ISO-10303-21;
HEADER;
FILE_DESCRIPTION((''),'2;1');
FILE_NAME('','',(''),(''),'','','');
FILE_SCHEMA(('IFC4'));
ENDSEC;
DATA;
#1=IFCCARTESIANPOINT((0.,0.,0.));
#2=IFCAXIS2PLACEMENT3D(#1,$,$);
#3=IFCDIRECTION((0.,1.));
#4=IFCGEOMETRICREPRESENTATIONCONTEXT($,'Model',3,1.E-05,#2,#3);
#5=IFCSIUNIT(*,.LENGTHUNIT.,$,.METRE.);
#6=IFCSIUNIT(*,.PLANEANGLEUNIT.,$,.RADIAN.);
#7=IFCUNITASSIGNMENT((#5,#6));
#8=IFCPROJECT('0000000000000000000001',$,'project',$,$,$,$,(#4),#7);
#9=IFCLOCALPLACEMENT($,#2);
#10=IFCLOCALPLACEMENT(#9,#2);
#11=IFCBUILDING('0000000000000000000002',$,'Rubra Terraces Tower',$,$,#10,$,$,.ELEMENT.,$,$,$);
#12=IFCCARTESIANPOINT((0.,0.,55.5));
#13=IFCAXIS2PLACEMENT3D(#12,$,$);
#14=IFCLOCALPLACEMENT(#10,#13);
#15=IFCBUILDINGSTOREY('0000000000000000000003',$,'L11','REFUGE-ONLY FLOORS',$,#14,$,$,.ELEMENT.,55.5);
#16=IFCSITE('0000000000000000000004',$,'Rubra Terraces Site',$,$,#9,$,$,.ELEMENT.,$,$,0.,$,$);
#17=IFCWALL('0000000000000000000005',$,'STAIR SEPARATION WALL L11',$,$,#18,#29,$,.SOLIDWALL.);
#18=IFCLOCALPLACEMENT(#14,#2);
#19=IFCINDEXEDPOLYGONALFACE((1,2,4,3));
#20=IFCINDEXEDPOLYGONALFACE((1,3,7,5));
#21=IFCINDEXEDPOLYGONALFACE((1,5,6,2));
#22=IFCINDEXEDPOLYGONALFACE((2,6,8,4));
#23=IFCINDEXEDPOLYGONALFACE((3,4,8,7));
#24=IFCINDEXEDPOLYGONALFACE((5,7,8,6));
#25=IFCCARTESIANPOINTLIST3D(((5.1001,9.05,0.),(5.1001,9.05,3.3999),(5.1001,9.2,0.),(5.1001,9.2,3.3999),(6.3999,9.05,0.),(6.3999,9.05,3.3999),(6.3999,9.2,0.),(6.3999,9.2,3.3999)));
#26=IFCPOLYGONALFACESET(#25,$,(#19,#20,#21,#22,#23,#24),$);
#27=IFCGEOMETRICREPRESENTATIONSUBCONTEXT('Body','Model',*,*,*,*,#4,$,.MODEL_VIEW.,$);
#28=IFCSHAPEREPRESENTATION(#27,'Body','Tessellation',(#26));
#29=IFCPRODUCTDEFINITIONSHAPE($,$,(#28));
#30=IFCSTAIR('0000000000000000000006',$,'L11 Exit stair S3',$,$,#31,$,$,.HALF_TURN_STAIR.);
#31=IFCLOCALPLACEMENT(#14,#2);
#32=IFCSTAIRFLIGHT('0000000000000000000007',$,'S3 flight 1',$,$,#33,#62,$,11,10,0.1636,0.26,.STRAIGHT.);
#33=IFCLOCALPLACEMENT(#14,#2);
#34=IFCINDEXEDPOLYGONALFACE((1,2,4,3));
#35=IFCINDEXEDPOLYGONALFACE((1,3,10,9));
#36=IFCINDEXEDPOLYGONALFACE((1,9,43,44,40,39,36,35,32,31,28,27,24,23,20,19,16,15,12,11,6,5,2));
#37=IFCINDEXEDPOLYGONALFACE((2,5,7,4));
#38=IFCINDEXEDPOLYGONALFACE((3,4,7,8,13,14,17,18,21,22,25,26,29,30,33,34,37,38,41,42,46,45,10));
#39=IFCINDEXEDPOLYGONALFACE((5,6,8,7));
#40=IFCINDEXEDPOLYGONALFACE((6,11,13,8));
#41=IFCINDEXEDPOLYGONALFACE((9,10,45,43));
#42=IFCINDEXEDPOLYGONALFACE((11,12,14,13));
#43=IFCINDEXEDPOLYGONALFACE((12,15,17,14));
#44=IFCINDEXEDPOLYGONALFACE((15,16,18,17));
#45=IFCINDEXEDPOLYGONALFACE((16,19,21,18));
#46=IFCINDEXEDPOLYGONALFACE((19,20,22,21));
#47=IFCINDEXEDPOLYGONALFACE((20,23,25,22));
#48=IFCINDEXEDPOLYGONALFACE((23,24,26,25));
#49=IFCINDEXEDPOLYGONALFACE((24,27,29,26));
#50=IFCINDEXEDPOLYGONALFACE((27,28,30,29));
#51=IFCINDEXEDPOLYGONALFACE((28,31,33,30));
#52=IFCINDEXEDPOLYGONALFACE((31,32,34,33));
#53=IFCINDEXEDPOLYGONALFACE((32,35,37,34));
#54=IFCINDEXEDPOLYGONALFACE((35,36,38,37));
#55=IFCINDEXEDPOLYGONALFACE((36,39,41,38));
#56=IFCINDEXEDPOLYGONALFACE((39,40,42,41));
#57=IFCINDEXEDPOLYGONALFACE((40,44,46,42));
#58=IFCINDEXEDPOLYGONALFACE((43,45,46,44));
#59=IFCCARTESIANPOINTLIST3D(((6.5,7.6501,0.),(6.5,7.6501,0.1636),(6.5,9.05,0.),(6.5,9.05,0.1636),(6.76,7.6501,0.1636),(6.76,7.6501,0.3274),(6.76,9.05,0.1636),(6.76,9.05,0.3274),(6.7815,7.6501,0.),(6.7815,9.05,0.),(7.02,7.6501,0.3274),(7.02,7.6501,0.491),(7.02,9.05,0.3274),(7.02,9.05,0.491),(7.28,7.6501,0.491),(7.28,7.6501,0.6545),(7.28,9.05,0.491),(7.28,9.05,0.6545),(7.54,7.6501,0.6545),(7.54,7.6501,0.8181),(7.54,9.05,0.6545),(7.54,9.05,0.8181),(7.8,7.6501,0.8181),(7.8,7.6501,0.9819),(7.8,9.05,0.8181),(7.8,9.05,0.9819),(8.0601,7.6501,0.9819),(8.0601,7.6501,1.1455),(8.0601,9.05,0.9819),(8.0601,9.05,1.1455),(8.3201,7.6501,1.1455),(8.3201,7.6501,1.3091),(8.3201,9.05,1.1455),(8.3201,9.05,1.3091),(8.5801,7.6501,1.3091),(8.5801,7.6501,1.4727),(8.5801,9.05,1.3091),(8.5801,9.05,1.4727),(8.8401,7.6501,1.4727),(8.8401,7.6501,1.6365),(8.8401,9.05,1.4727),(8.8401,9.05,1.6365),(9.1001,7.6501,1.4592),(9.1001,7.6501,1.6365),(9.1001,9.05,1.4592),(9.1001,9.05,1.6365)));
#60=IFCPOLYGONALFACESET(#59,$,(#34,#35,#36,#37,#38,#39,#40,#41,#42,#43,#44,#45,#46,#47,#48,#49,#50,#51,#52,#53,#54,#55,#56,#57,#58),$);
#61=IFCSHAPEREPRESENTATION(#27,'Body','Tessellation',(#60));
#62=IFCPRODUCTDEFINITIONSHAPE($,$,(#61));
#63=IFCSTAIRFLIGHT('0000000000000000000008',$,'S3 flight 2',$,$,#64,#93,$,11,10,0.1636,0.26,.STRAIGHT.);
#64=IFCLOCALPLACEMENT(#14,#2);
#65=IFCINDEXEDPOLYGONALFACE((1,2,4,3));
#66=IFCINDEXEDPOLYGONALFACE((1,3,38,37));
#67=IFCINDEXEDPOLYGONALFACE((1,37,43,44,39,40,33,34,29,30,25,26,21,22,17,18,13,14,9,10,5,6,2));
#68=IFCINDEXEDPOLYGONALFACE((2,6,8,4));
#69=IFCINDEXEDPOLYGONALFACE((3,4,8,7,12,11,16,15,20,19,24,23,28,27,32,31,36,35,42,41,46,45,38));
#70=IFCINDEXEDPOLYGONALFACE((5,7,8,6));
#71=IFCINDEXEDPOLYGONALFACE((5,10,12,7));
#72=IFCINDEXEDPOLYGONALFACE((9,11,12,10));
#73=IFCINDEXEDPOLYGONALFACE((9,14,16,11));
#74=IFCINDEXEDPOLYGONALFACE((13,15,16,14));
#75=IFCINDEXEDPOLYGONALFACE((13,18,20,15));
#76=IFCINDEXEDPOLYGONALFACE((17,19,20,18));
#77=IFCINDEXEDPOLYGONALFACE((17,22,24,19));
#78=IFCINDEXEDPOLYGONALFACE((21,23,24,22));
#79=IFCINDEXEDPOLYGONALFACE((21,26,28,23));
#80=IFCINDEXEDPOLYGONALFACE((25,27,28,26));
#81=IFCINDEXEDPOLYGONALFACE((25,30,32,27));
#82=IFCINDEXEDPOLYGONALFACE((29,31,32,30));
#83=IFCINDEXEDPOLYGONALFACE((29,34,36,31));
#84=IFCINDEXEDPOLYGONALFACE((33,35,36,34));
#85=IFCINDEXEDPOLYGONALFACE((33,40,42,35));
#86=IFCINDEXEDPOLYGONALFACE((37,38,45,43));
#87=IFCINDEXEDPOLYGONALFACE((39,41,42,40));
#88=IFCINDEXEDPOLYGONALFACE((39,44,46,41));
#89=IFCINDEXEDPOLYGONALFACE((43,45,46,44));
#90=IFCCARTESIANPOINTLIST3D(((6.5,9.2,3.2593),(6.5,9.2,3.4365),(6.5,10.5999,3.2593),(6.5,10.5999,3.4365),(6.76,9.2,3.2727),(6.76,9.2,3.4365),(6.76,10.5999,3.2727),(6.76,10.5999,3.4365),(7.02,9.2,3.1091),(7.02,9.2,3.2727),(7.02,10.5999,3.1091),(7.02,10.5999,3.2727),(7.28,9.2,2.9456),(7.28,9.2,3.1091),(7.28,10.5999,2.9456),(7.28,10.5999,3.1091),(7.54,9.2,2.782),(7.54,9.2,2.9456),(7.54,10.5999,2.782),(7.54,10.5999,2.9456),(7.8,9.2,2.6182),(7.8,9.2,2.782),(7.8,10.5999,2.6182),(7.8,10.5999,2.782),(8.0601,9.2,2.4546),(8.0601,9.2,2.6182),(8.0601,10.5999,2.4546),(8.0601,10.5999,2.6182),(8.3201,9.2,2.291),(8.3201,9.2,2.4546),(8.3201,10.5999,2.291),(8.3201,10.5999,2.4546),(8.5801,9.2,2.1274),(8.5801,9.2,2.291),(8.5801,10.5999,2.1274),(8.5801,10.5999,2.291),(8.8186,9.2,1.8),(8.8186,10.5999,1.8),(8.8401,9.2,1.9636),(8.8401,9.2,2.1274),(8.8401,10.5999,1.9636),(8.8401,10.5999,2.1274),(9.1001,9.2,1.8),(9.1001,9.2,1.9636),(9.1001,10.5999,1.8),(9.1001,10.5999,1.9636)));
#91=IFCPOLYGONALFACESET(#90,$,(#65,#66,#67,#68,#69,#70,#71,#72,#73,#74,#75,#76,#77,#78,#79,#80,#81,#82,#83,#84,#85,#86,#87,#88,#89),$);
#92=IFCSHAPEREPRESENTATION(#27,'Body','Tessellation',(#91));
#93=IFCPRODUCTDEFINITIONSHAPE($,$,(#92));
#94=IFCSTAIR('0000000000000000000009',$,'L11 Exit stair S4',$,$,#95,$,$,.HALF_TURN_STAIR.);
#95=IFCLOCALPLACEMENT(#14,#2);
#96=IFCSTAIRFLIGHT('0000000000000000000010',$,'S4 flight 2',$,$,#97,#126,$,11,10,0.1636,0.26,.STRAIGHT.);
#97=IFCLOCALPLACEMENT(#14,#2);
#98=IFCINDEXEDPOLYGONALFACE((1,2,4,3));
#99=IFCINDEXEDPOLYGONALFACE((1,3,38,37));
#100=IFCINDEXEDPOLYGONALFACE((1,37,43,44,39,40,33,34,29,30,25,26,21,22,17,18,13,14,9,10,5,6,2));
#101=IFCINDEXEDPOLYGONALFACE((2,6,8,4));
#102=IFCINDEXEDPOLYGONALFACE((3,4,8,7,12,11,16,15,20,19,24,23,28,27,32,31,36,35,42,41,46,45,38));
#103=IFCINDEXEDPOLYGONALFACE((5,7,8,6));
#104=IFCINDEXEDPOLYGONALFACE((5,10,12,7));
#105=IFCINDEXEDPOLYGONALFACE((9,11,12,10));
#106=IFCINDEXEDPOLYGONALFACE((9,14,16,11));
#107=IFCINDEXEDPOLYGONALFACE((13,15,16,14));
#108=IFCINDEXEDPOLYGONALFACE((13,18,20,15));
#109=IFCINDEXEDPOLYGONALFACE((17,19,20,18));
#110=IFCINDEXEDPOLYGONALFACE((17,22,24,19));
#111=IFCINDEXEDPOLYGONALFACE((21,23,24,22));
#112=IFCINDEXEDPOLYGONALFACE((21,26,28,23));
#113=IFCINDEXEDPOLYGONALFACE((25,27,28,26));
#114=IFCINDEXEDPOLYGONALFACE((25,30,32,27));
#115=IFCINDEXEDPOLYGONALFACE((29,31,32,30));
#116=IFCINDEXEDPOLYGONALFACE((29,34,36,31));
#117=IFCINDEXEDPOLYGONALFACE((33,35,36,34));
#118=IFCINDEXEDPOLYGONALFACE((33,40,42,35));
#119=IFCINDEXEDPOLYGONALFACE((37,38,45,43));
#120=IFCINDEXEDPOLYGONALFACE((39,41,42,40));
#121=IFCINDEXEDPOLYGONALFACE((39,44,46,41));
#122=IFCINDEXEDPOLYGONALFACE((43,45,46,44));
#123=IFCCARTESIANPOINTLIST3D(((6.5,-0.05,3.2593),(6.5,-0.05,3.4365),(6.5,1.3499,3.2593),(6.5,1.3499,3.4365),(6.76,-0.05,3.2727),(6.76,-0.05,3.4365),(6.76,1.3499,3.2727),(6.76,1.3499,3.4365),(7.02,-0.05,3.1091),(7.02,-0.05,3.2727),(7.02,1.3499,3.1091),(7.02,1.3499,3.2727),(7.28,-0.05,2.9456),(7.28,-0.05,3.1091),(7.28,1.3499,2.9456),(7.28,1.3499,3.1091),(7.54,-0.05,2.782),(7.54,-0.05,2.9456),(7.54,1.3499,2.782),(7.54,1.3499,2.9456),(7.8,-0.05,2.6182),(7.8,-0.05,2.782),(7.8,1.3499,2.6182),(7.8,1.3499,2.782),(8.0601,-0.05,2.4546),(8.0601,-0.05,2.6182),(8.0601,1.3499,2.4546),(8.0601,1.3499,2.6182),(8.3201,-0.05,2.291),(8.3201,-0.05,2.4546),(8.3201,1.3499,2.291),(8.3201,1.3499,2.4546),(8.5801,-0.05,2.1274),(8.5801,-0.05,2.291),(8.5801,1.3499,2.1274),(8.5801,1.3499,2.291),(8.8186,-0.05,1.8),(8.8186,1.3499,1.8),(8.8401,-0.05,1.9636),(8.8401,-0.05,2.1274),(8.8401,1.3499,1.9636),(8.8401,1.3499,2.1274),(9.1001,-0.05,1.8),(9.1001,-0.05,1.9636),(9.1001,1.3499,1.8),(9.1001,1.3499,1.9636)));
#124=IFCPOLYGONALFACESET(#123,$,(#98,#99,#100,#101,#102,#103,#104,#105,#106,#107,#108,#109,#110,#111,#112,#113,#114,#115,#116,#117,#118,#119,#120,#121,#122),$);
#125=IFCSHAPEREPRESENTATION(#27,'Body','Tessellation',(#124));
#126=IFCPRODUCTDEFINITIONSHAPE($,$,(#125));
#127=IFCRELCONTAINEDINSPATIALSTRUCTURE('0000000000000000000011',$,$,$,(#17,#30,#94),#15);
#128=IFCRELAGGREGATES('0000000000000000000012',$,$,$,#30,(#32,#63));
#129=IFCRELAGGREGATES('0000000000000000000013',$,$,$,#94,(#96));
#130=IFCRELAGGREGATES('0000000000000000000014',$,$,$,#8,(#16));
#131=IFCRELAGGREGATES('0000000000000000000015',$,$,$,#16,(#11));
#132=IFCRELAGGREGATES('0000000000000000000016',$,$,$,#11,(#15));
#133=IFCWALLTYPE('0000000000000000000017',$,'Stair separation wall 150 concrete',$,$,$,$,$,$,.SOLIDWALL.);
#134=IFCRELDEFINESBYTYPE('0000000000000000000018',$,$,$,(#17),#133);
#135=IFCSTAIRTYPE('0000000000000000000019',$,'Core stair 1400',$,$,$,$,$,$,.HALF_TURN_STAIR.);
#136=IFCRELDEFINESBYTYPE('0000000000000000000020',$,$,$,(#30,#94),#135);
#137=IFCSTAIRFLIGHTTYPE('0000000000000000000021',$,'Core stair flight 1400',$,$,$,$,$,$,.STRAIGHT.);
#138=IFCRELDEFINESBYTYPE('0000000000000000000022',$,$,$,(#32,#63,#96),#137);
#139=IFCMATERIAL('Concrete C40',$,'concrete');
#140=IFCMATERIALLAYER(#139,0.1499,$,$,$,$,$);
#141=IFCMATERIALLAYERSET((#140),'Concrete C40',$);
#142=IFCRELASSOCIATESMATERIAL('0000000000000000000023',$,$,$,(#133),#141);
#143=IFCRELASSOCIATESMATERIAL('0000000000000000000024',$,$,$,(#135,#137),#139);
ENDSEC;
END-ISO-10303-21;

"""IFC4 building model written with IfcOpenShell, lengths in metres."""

from ifc_helpers import new_model, si_unit, direction, frame, frame_2d, origin, place, context, subcontext, project, spatial, polyline, rectangle, outline, extrude, material, layer, layer_set, type_object, element, aggregate, save


model = new_model("IFC4")

# Units and contexts
model_context = context("Model", 3, precision=1e-05, world=origin(), true_north=direction((0.0, 1.0)))
body_context = subcontext(model_context, "Body", "Model", "MODEL_VIEW")
ifc_project = project(units=[si_unit("LENGTHUNIT", "METRE"), si_unit("PLANEANGLEUNIT", "RADIAN")], contexts=[model_context])

# Site, building, storey
site_placement = place(None, origin())
site = spatial("IfcSite", under=ifc_project, at=site_placement, Name="Rubra Terraces Site", CompositionType="ELEMENT", RefElevation=0.0)
building_placement = place(site_placement, origin())
building = spatial("IfcBuilding", under=site, at=building_placement, Name="Rubra Terraces Tower", CompositionType="ELEMENT")
storey_placement = place(building_placement, frame((0.0, 0.0, 55.5)))
storey = spatial("IfcBuildingStorey", under=building, at=storey_placement, Name="L11", Description="REFUGE-ONLY FLOORS", CompositionType="ELEMENT", Elevation=55.5)

# Shared definitions
ifc_material_1 = material(Name="Concrete C40", Category="concrete")

# Wall
ifc_layer_1 = layer(ifc_material_1, 0.1499)
ifc_layer_set_1 = layer_set([ifc_layer_1], Name="Concrete C40")
wall_type_1 = type_object("IfcWallType", Name="Stair separation wall 150 concrete", PredefinedType="SOLIDWALL", material=ifc_layer_set_1)
wall_1_placement = place(storey_placement, frame((6.3999, 9.125, 0.0), z_axis=(0.0, 0.0, 1.0), x_axis=(-1.0, 0.0, 0.0)))
element("IfcWall", 1, at=wall_1_placement, inside=storey, type_object=wall_type_1, Name="STAIR SEPARATION WALL L11", PredefinedType="SOLIDWALL", context=body_context, shape_type="SweptSolid", body=[
    extrude(rectangle(XDim=1.2998, YDim=0.1499, at=frame_2d((0.6499, 0.0))), origin(), (0.0, 0.0, 1.0), 3.3999),
])

# Stair, stair flights
stair_type = type_object("IfcStairType", Name="Core stair 1400", PredefinedType="HALF_TURN_STAIR", material=ifc_material_1)
stair_1_placement = place(storey_placement, origin())
stair_1 = element("IfcStair", 2, at=stair_1_placement, inside=storey, type_object=stair_type, Name="L11 Exit stair S3", PredefinedType="HALF_TURN_STAIR")
stair_flight_type = type_object("IfcStairFlightType", Name="Core stair flight 1400", PredefinedType="STRAIGHT", material=ifc_material_1)
stair_flight_1_placement = place(storey_placement, frame((6.5, 8.3501, 0.0), z_axis=(0.0, 0.0, 1.0), x_axis=(1.0, 0.0, 0.0)))
stair_flight_1 = element("IfcStairFlight", 3, at=stair_flight_1_placement, type_object=stair_flight_type, Name="S3 flight 1", NumberOfRisers=11, NumberOfTreads=10, PredefinedType="STRAIGHT", RiserHeight=0.1636, TreadLength=0.26, context=body_context, shape_type="SweptSolid", body=[
    extrude(outline(polyline([(0.0, 0.0), (0.0, 0.1636), (0.26, 0.1636), (0.26, 0.3274), (0.52, 0.3274), (0.52, 0.491), (0.78, 0.491), (0.78, 0.6545), (1.04, 0.6545), (1.04, 0.8181), (1.3, 0.8181), (1.3, 0.9819), (1.5601, 0.9819), (1.5601, 1.1455), (1.8201, 1.1455), (1.8201, 1.3091), (2.0801, 1.3091), (2.0801, 1.4727), (2.3401, 1.4727), (2.3401, 1.6365), (2.6001, 1.6365), (2.6001, 1.8), (2.6001, 1.4592), (0.2815, 0.0), (0.0, 0.0)])), frame((0.0, 0.7, 0.0), z_axis=(0.0, -1.0, 0.0), x_axis=(1.0, 0.0, 0.0)), (0.0, 0.0, 1.0), 1.3999),
])
stair_flight_2_placement = place(storey_placement, frame((9.1001, 9.8999, 1.8), z_axis=(0.0, 0.0, 1.0), x_axis=(-1.0, 0.0, 0.0)))
stair_flight_2 = element("IfcStairFlight", 4, at=stair_flight_2_placement, type_object=stair_flight_type, Name="S3 flight 2", NumberOfRisers=11, NumberOfTreads=10, PredefinedType="STRAIGHT", RiserHeight=0.1636, TreadLength=0.26, context=body_context, shape_type="SweptSolid", body=[
    extrude(outline(polyline([(0.0, 0.0), (0.0, 0.1636), (0.26, 0.1636), (0.26, 0.3274), (0.52, 0.3274), (0.52, 0.491), (0.78, 0.491), (0.78, 0.6545), (1.04, 0.6545), (1.04, 0.8181), (1.3, 0.8181), (1.3, 0.9819), (1.5601, 0.9819), (1.5601, 1.1455), (1.8201, 1.1455), (1.8201, 1.3091), (2.0801, 1.3091), (2.0801, 1.4727), (2.3401, 1.4727), (2.3401, 1.6365), (2.6001, 1.6365), (2.6001, 1.8), (2.6001, 1.4592), (0.2815, 0.0), (0.0, 0.0)])), frame((0.0, 0.7, 0.0), z_axis=(0.0, -1.0, 0.0), x_axis=(1.0, 0.0, 0.0)), (0.0, 0.0, 1.0), 1.3999),
])
aggregate(stair_1, [stair_flight_1, stair_flight_2])

# Stair, stair flight
stair_2_placement = place(storey_placement, origin())
stair_2 = element("IfcStair", 5, at=stair_2_placement, inside=storey, type_object=stair_type, Name="L11 Exit stair S4", PredefinedType="HALF_TURN_STAIR")
stair_flight_3_placement = place(storey_placement, frame((9.1001, 0.6499, 1.8), z_axis=(0.0, 0.0, 1.0), x_axis=(-1.0, 0.0, 0.0)))
stair_flight_3 = element("IfcStairFlight", 6, at=stair_flight_3_placement, type_object=stair_flight_type, Name="S4 flight 2", NumberOfRisers=11, NumberOfTreads=10, PredefinedType="STRAIGHT", RiserHeight=0.1636, TreadLength=0.26, context=body_context, shape_type="SweptSolid", body=[
    extrude(outline(polyline([(0.0, 0.0), (0.0, 0.1636), (0.26, 0.1636), (0.26, 0.3274), (0.52, 0.3274), (0.52, 0.491), (0.78, 0.491), (0.78, 0.6545), (1.04, 0.6545), (1.04, 0.8181), (1.3, 0.8181), (1.3, 0.9819), (1.5601, 0.9819), (1.5601, 1.1455), (1.8201, 1.1455), (1.8201, 1.3091), (2.0801, 1.3091), (2.0801, 1.4727), (2.3401, 1.4727), (2.3401, 1.6365), (2.6001, 1.6365), (2.6001, 1.8), (2.6001, 1.4592), (0.2815, 0.0), (0.0, 0.0)])), frame((0.0, 0.7, 0.0), z_axis=(0.0, -1.0, 0.0), x_axis=(1.0, 0.0, 0.0)), (0.0, 0.0, 1.0), 1.3999),
])
aggregate(stair_2, [stair_flight_3])

save(model, "model.ifc")
